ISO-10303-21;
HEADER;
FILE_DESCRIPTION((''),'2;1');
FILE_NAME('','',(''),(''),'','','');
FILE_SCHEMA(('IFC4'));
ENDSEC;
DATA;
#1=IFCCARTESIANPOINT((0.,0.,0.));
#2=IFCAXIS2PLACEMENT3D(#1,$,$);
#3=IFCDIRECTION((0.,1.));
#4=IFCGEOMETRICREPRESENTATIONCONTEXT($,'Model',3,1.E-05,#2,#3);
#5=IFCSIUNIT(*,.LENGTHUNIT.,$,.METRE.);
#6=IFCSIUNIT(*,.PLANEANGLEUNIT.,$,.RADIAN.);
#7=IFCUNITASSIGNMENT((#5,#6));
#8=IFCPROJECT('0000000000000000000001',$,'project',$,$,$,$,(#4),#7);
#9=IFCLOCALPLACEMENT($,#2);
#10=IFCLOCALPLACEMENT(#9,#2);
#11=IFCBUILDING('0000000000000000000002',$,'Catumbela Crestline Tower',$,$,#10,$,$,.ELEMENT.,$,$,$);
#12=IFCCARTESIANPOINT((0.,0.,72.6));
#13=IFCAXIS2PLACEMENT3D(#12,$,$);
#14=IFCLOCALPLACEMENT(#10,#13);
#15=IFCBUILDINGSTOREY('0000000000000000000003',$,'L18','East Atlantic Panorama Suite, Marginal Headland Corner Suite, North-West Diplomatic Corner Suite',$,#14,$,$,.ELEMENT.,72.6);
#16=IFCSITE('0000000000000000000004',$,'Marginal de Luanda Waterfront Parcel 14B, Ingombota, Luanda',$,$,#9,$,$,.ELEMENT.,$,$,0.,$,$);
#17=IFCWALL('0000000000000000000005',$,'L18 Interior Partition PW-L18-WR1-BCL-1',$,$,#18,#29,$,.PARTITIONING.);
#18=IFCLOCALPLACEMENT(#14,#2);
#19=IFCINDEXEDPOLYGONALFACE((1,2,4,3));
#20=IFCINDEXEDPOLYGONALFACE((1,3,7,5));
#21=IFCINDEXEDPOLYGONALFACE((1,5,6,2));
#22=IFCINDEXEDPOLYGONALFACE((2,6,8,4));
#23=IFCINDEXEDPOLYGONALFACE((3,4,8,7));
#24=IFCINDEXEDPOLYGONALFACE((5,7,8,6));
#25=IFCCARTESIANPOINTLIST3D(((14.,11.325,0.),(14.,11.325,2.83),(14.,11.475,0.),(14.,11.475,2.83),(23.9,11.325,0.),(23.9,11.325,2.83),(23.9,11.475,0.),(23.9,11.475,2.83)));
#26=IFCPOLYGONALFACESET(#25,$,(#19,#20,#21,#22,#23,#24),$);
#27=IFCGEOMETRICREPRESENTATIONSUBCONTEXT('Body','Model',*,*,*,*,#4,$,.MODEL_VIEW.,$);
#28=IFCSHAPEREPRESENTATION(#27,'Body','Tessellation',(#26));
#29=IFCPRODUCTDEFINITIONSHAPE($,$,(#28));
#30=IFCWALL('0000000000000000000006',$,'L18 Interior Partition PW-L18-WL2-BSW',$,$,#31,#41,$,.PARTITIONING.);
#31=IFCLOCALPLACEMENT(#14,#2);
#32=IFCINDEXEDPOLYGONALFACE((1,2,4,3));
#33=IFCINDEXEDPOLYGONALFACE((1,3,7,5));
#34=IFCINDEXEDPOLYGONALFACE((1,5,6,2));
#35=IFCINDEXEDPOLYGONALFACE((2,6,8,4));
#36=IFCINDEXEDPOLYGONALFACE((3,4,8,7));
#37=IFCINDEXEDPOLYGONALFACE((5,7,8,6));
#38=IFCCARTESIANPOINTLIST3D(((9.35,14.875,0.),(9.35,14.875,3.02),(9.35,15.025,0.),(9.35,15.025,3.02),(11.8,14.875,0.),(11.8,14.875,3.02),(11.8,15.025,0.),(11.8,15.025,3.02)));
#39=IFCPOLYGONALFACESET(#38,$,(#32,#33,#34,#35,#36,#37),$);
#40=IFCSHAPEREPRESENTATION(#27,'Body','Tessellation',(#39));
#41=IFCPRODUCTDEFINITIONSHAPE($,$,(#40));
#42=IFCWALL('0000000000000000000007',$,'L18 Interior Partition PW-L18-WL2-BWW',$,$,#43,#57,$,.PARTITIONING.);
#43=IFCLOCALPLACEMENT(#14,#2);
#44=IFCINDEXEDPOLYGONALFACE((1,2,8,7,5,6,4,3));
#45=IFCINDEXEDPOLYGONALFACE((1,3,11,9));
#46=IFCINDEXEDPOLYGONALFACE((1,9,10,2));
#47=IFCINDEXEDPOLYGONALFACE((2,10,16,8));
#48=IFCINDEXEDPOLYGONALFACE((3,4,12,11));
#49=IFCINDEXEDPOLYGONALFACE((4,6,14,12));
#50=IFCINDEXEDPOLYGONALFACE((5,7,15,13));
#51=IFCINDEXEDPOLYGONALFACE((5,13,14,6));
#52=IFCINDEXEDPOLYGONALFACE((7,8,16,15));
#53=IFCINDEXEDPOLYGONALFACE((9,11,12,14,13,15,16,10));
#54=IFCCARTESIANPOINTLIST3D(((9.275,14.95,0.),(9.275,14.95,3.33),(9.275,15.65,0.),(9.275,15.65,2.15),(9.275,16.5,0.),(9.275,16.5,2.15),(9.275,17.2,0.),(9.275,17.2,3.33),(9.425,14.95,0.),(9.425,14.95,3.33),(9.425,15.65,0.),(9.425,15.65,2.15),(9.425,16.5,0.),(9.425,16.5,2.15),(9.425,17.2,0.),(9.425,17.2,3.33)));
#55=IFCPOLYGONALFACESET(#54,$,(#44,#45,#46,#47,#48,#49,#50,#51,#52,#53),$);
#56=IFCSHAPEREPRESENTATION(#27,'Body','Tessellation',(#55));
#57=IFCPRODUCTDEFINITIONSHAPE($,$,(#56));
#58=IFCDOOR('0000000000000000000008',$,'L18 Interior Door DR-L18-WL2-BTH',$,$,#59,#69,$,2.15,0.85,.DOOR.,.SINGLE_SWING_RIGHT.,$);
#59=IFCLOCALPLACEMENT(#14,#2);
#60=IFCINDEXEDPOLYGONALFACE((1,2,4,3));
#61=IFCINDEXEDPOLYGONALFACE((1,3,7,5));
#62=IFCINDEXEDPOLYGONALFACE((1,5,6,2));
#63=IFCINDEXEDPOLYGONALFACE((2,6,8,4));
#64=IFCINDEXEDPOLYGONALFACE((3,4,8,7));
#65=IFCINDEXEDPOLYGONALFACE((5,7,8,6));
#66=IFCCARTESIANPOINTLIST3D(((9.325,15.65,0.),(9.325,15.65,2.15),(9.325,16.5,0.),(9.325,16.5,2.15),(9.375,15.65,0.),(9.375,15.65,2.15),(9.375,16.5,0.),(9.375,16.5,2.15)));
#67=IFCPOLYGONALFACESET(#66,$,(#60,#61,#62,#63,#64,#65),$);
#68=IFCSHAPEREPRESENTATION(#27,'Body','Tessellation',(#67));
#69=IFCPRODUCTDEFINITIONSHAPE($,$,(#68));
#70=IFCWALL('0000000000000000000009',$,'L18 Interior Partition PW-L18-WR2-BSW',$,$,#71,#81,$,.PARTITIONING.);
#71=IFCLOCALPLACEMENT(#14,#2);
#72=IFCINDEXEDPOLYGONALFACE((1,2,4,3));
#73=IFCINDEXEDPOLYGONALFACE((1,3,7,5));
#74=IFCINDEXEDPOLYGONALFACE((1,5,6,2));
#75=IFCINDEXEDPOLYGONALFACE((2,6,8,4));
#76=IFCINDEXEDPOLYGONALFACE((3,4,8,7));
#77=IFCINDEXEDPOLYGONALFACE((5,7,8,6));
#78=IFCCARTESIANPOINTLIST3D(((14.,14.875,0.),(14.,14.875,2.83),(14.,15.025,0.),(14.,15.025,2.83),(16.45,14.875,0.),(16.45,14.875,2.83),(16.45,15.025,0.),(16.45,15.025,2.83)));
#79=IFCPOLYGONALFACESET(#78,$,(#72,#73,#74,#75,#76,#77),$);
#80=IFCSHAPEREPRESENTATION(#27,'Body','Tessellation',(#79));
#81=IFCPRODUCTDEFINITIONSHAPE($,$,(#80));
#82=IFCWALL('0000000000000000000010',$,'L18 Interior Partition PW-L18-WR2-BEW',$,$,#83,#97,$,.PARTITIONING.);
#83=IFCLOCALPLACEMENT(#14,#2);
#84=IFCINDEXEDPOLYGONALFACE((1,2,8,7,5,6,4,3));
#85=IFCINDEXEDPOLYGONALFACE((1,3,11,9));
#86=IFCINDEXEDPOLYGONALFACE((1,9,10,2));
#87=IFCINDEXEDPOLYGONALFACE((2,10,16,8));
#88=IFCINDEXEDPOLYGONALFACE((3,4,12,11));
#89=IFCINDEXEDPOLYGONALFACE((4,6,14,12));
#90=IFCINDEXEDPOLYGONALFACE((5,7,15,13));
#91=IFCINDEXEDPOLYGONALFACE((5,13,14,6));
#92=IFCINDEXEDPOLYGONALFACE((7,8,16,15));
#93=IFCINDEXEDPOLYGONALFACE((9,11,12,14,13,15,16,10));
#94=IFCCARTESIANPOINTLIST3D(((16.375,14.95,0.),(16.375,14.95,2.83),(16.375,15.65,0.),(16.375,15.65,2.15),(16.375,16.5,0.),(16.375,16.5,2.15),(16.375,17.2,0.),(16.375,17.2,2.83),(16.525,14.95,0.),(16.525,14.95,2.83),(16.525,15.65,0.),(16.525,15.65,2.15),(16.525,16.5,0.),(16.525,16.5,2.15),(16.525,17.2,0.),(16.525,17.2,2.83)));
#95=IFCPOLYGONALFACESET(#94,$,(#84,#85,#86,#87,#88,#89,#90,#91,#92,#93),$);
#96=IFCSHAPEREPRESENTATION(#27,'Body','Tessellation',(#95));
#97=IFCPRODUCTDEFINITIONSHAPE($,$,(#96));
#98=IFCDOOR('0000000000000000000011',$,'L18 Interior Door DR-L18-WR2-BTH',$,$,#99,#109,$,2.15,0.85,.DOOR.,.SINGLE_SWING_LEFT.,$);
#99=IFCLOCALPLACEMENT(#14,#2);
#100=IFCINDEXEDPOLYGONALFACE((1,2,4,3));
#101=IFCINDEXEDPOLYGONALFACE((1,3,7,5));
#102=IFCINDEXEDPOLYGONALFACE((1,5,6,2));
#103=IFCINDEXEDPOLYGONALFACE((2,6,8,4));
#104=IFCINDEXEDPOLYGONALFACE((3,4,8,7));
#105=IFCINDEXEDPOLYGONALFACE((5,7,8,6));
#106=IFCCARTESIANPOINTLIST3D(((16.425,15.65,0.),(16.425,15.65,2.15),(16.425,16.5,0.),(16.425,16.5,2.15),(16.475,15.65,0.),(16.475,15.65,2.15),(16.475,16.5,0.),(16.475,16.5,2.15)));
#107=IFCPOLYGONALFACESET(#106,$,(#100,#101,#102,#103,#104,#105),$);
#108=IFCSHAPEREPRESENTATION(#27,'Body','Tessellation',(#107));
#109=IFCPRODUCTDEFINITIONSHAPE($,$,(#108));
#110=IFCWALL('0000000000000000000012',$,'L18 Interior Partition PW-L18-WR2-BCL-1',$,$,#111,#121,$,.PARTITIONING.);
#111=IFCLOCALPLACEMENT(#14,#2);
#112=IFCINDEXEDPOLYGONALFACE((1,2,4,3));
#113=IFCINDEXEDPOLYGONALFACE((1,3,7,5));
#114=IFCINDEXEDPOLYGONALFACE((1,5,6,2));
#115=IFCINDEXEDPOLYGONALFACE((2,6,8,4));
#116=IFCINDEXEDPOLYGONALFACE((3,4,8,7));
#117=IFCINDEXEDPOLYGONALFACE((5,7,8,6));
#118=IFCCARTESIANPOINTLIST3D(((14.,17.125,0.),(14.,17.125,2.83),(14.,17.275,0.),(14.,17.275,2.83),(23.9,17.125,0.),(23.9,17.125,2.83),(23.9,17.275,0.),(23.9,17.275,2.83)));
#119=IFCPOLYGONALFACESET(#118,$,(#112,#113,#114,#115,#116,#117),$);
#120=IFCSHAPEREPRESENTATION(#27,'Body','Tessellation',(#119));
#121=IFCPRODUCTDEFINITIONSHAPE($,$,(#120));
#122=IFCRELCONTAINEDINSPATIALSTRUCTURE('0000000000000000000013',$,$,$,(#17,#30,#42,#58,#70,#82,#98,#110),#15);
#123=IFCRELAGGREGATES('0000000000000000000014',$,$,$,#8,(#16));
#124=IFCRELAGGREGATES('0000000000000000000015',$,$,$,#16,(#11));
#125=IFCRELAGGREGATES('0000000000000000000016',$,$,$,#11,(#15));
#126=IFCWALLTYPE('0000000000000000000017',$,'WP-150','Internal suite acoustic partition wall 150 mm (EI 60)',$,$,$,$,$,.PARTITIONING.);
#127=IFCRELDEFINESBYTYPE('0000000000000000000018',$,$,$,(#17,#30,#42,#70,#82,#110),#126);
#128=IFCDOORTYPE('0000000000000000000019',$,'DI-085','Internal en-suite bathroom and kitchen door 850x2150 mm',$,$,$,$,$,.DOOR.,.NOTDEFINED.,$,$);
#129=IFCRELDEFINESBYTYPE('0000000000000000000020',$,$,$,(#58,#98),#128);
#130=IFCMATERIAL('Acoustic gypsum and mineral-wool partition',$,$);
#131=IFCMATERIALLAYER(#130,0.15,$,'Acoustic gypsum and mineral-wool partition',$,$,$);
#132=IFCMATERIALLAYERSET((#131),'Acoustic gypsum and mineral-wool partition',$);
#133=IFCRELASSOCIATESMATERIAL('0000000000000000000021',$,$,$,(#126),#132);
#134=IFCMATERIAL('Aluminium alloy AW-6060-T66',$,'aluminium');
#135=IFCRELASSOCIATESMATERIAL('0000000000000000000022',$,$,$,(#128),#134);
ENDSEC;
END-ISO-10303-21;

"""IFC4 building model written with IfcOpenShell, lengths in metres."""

from ifc_helpers import new_model, si_unit, direction, frame, frame_2d, origin, place, context, subcontext, project, spatial, rectangle, extrude, material, layer, layer_set, type_object, element, fill, save


model = new_model("IFC4")

# Units and contexts
model_context = context("Model", 3, precision=1e-05, world=origin(), true_north=direction((0.0, 1.0)))
body_context = subcontext(model_context, "Body", "Model", "MODEL_VIEW")
ifc_project = project(units=[si_unit("LENGTHUNIT", "METRE"), si_unit("PLANEANGLEUNIT", "RADIAN")], contexts=[model_context])

# Site, building, storey
site_placement = place(None, origin())
site = spatial("IfcSite", under=ifc_project, at=site_placement, Name="Marginal de Luanda Waterfront Parcel 14B, Ingombota, Luanda", CompositionType="ELEMENT", RefElevation=0.0)
building_placement = place(site_placement, origin())
building = spatial("IfcBuilding", under=site, at=building_placement, Name="Catumbela Crestline Tower", CompositionType="ELEMENT")
storey_placement = place(building_placement, frame((0.0, 0.0, 72.6)))
storey = spatial("IfcBuildingStorey", under=building, at=storey_placement, Name="L18", Description="East Atlantic Panorama Suite, Marginal Headland Corner Suite, North-West Diplomatic Corner Suite", CompositionType="ELEMENT", Elevation=72.6)

# Shared definitions
ifc_material_1 = material(Name="Acoustic gypsum and mineral-wool partition")
ifc_layer = layer(ifc_material_1, 0.15, Name="Acoustic gypsum and mineral-wool partition")
ifc_layer_set = layer_set([ifc_layer], Name="Acoustic gypsum and mineral-wool partition")
wall_type = type_object("IfcWallType", Name="WP-150", Description="Internal suite acoustic partition wall 150 mm (EI 60)", PredefinedType="PARTITIONING", material=ifc_layer_set)

# Shared definitions
ifc_material_2 = material(Name="Aluminium alloy AW-6060-T66", Category="aluminium")
door_type = type_object("IfcDoorType", Name="DI-085", Description="Internal en-suite bathroom and kitchen door 850x2150 mm", OperationType="NOTDEFINED", PredefinedType="DOOR", material=ifc_material_2)

# Walls
wall_1_placement = place(storey_placement, frame((14.0, 11.4, 0.0), z_axis=(0.0, 0.0, 1.0), x_axis=(1.0, 0.0, 0.0)))
element("IfcWall", 1, at=wall_1_placement, inside=storey, type_object=wall_type, Name="L18 Interior Partition PW-L18-WR1-BCL-1", PredefinedType="PARTITIONING", context=body_context, shape_type="SweptSolid", body=[
    extrude(rectangle(XDim=9.9, YDim=0.15, at=frame_2d((4.95, 0.0))), origin(), (0.0, 0.0, 1.0), 2.83),
])
wall_2_placement = place(storey_placement, frame((9.35, 14.95, 0.0), z_axis=(0.0, 0.0, 1.0), x_axis=(1.0, 0.0, 0.0)))
element("IfcWall", 2, at=wall_2_placement, inside=storey, type_object=wall_type, Name="L18 Interior Partition PW-L18-WL2-BSW", PredefinedType="PARTITIONING", context=body_context, shape_type="SweptSolid", body=[
    extrude(rectangle(XDim=2.45, YDim=0.15, at=frame_2d((1.225, 0.0))), origin(), (0.0, 0.0, 1.0), 3.02),
])

# Wall, opening, door
wall_3_placement = place(storey_placement, frame((9.35, 14.95, 0.0), z_axis=(0.0, 0.0, 1.0), x_axis=(0.0, 1.0, 0.0)))
wall_3 = element("IfcWall", 3, at=wall_3_placement, inside=storey, type_object=wall_type, Name="L18 Interior Partition PW-L18-WL2-BWW", PredefinedType="PARTITIONING", context=body_context, shape_type="SweptSolid", body=[
    extrude(rectangle(XDim=2.25, YDim=0.15, at=frame_2d((1.125, 0.0))), origin(), (0.0, 0.0, 1.0), 3.33),
])
opening_1_placement = place(wall_3_placement, frame((0.7, 0.0, 0.0)))
opening_1 = element("IfcOpeningElement", 4, at=opening_1_placement, cuts=wall_3, PredefinedType="OPENING", context=body_context, shape_type="SweptSolid", body=[
    extrude(rectangle(XDim=0.85, YDim=2.15, at=frame_2d((0.425, 1.075))), frame((0.0, 0.085, 0.0), z_axis=(0.0, -1.0, 0.0), x_axis=(1.0, 0.0, 0.0)), (0.0, 0.0, 1.0), 0.17),
])
door_1_placement = place(opening_1_placement, origin())
door_1 = element("IfcDoor", 5, at=door_1_placement, inside=storey, type_object=door_type, Name="L18 Interior Door DR-L18-WL2-BTH", OperationType="SINGLE_SWING_RIGHT", OverallHeight=2.15, OverallWidth=0.85, PredefinedType="DOOR", context=body_context, shape_type="SweptSolid", body=[
    extrude(rectangle(XDim=0.85, YDim=2.15, at=frame_2d((0.425, 1.075))), frame((0.0, 0.025, 0.0), z_axis=(0.0, -1.0, 0.0), x_axis=(1.0, 0.0, 0.0)), (0.0, 0.0, 1.0), 0.05),
])
fill(opening_1, door_1)

# Wall
wall_4_placement = place(storey_placement, frame((14.0, 14.95, 0.0), z_axis=(0.0, 0.0, 1.0), x_axis=(1.0, 0.0, 0.0)))
element("IfcWall", 6, at=wall_4_placement, inside=storey, type_object=wall_type, Name="L18 Interior Partition PW-L18-WR2-BSW", PredefinedType="PARTITIONING", context=body_context, shape_type="SweptSolid", body=[
    extrude(rectangle(XDim=2.45, YDim=0.15, at=frame_2d((1.225, 0.0))), origin(), (0.0, 0.0, 1.0), 2.83),
])

# Wall, opening, door
wall_5_placement = place(storey_placement, frame((16.45, 14.95, 0.0), z_axis=(0.0, 0.0, 1.0), x_axis=(0.0, 1.0, 0.0)))
wall_5 = element("IfcWall", 7, at=wall_5_placement, inside=storey, type_object=wall_type, Name="L18 Interior Partition PW-L18-WR2-BEW", PredefinedType="PARTITIONING", context=body_context, shape_type="SweptSolid", body=[
    extrude(rectangle(XDim=2.25, YDim=0.15, at=frame_2d((1.125, 0.0))), origin(), (0.0, 0.0, 1.0), 2.83),
])
opening_2_placement = place(wall_5_placement, frame((0.7, 0.0, 0.0)))
opening_2 = element("IfcOpeningElement", 8, at=opening_2_placement, cuts=wall_5, PredefinedType="OPENING", context=body_context, shape_type="SweptSolid", body=[
    extrude(rectangle(XDim=0.85, YDim=2.15, at=frame_2d((0.425, 1.075))), frame((0.0, 0.085, 0.0), z_axis=(0.0, -1.0, 0.0), x_axis=(1.0, 0.0, 0.0)), (0.0, 0.0, 1.0), 0.17),
])
door_2_placement = place(opening_2_placement, origin())
door_2 = element("IfcDoor", 9, at=door_2_placement, inside=storey, type_object=door_type, Name="L18 Interior Door DR-L18-WR2-BTH", OperationType="SINGLE_SWING_LEFT", OverallHeight=2.15, OverallWidth=0.85, PredefinedType="DOOR", context=body_context, shape_type="SweptSolid", body=[
    extrude(rectangle(XDim=0.85, YDim=2.15, at=frame_2d((0.425, 1.075))), frame((0.0, 0.025, 0.0), z_axis=(0.0, -1.0, 0.0), x_axis=(1.0, 0.0, 0.0)), (0.0, 0.0, 1.0), 0.05),
])
fill(opening_2, door_2)

# Wall
wall_6_placement = place(storey_placement, frame((14.0, 17.2, 0.0), z_axis=(0.0, 0.0, 1.0), x_axis=(1.0, 0.0, 0.0)))
element("IfcWall", 10, at=wall_6_placement, inside=storey, type_object=wall_type, Name="L18 Interior Partition PW-L18-WR2-BCL-1", PredefinedType="PARTITIONING", context=body_context, shape_type="SweptSolid", body=[
    extrude(rectangle(XDim=9.9, YDim=0.15, at=frame_2d((4.95, 0.0))), origin(), (0.0, 0.0, 1.0), 2.83),
])

save(model, "model.ifc")
